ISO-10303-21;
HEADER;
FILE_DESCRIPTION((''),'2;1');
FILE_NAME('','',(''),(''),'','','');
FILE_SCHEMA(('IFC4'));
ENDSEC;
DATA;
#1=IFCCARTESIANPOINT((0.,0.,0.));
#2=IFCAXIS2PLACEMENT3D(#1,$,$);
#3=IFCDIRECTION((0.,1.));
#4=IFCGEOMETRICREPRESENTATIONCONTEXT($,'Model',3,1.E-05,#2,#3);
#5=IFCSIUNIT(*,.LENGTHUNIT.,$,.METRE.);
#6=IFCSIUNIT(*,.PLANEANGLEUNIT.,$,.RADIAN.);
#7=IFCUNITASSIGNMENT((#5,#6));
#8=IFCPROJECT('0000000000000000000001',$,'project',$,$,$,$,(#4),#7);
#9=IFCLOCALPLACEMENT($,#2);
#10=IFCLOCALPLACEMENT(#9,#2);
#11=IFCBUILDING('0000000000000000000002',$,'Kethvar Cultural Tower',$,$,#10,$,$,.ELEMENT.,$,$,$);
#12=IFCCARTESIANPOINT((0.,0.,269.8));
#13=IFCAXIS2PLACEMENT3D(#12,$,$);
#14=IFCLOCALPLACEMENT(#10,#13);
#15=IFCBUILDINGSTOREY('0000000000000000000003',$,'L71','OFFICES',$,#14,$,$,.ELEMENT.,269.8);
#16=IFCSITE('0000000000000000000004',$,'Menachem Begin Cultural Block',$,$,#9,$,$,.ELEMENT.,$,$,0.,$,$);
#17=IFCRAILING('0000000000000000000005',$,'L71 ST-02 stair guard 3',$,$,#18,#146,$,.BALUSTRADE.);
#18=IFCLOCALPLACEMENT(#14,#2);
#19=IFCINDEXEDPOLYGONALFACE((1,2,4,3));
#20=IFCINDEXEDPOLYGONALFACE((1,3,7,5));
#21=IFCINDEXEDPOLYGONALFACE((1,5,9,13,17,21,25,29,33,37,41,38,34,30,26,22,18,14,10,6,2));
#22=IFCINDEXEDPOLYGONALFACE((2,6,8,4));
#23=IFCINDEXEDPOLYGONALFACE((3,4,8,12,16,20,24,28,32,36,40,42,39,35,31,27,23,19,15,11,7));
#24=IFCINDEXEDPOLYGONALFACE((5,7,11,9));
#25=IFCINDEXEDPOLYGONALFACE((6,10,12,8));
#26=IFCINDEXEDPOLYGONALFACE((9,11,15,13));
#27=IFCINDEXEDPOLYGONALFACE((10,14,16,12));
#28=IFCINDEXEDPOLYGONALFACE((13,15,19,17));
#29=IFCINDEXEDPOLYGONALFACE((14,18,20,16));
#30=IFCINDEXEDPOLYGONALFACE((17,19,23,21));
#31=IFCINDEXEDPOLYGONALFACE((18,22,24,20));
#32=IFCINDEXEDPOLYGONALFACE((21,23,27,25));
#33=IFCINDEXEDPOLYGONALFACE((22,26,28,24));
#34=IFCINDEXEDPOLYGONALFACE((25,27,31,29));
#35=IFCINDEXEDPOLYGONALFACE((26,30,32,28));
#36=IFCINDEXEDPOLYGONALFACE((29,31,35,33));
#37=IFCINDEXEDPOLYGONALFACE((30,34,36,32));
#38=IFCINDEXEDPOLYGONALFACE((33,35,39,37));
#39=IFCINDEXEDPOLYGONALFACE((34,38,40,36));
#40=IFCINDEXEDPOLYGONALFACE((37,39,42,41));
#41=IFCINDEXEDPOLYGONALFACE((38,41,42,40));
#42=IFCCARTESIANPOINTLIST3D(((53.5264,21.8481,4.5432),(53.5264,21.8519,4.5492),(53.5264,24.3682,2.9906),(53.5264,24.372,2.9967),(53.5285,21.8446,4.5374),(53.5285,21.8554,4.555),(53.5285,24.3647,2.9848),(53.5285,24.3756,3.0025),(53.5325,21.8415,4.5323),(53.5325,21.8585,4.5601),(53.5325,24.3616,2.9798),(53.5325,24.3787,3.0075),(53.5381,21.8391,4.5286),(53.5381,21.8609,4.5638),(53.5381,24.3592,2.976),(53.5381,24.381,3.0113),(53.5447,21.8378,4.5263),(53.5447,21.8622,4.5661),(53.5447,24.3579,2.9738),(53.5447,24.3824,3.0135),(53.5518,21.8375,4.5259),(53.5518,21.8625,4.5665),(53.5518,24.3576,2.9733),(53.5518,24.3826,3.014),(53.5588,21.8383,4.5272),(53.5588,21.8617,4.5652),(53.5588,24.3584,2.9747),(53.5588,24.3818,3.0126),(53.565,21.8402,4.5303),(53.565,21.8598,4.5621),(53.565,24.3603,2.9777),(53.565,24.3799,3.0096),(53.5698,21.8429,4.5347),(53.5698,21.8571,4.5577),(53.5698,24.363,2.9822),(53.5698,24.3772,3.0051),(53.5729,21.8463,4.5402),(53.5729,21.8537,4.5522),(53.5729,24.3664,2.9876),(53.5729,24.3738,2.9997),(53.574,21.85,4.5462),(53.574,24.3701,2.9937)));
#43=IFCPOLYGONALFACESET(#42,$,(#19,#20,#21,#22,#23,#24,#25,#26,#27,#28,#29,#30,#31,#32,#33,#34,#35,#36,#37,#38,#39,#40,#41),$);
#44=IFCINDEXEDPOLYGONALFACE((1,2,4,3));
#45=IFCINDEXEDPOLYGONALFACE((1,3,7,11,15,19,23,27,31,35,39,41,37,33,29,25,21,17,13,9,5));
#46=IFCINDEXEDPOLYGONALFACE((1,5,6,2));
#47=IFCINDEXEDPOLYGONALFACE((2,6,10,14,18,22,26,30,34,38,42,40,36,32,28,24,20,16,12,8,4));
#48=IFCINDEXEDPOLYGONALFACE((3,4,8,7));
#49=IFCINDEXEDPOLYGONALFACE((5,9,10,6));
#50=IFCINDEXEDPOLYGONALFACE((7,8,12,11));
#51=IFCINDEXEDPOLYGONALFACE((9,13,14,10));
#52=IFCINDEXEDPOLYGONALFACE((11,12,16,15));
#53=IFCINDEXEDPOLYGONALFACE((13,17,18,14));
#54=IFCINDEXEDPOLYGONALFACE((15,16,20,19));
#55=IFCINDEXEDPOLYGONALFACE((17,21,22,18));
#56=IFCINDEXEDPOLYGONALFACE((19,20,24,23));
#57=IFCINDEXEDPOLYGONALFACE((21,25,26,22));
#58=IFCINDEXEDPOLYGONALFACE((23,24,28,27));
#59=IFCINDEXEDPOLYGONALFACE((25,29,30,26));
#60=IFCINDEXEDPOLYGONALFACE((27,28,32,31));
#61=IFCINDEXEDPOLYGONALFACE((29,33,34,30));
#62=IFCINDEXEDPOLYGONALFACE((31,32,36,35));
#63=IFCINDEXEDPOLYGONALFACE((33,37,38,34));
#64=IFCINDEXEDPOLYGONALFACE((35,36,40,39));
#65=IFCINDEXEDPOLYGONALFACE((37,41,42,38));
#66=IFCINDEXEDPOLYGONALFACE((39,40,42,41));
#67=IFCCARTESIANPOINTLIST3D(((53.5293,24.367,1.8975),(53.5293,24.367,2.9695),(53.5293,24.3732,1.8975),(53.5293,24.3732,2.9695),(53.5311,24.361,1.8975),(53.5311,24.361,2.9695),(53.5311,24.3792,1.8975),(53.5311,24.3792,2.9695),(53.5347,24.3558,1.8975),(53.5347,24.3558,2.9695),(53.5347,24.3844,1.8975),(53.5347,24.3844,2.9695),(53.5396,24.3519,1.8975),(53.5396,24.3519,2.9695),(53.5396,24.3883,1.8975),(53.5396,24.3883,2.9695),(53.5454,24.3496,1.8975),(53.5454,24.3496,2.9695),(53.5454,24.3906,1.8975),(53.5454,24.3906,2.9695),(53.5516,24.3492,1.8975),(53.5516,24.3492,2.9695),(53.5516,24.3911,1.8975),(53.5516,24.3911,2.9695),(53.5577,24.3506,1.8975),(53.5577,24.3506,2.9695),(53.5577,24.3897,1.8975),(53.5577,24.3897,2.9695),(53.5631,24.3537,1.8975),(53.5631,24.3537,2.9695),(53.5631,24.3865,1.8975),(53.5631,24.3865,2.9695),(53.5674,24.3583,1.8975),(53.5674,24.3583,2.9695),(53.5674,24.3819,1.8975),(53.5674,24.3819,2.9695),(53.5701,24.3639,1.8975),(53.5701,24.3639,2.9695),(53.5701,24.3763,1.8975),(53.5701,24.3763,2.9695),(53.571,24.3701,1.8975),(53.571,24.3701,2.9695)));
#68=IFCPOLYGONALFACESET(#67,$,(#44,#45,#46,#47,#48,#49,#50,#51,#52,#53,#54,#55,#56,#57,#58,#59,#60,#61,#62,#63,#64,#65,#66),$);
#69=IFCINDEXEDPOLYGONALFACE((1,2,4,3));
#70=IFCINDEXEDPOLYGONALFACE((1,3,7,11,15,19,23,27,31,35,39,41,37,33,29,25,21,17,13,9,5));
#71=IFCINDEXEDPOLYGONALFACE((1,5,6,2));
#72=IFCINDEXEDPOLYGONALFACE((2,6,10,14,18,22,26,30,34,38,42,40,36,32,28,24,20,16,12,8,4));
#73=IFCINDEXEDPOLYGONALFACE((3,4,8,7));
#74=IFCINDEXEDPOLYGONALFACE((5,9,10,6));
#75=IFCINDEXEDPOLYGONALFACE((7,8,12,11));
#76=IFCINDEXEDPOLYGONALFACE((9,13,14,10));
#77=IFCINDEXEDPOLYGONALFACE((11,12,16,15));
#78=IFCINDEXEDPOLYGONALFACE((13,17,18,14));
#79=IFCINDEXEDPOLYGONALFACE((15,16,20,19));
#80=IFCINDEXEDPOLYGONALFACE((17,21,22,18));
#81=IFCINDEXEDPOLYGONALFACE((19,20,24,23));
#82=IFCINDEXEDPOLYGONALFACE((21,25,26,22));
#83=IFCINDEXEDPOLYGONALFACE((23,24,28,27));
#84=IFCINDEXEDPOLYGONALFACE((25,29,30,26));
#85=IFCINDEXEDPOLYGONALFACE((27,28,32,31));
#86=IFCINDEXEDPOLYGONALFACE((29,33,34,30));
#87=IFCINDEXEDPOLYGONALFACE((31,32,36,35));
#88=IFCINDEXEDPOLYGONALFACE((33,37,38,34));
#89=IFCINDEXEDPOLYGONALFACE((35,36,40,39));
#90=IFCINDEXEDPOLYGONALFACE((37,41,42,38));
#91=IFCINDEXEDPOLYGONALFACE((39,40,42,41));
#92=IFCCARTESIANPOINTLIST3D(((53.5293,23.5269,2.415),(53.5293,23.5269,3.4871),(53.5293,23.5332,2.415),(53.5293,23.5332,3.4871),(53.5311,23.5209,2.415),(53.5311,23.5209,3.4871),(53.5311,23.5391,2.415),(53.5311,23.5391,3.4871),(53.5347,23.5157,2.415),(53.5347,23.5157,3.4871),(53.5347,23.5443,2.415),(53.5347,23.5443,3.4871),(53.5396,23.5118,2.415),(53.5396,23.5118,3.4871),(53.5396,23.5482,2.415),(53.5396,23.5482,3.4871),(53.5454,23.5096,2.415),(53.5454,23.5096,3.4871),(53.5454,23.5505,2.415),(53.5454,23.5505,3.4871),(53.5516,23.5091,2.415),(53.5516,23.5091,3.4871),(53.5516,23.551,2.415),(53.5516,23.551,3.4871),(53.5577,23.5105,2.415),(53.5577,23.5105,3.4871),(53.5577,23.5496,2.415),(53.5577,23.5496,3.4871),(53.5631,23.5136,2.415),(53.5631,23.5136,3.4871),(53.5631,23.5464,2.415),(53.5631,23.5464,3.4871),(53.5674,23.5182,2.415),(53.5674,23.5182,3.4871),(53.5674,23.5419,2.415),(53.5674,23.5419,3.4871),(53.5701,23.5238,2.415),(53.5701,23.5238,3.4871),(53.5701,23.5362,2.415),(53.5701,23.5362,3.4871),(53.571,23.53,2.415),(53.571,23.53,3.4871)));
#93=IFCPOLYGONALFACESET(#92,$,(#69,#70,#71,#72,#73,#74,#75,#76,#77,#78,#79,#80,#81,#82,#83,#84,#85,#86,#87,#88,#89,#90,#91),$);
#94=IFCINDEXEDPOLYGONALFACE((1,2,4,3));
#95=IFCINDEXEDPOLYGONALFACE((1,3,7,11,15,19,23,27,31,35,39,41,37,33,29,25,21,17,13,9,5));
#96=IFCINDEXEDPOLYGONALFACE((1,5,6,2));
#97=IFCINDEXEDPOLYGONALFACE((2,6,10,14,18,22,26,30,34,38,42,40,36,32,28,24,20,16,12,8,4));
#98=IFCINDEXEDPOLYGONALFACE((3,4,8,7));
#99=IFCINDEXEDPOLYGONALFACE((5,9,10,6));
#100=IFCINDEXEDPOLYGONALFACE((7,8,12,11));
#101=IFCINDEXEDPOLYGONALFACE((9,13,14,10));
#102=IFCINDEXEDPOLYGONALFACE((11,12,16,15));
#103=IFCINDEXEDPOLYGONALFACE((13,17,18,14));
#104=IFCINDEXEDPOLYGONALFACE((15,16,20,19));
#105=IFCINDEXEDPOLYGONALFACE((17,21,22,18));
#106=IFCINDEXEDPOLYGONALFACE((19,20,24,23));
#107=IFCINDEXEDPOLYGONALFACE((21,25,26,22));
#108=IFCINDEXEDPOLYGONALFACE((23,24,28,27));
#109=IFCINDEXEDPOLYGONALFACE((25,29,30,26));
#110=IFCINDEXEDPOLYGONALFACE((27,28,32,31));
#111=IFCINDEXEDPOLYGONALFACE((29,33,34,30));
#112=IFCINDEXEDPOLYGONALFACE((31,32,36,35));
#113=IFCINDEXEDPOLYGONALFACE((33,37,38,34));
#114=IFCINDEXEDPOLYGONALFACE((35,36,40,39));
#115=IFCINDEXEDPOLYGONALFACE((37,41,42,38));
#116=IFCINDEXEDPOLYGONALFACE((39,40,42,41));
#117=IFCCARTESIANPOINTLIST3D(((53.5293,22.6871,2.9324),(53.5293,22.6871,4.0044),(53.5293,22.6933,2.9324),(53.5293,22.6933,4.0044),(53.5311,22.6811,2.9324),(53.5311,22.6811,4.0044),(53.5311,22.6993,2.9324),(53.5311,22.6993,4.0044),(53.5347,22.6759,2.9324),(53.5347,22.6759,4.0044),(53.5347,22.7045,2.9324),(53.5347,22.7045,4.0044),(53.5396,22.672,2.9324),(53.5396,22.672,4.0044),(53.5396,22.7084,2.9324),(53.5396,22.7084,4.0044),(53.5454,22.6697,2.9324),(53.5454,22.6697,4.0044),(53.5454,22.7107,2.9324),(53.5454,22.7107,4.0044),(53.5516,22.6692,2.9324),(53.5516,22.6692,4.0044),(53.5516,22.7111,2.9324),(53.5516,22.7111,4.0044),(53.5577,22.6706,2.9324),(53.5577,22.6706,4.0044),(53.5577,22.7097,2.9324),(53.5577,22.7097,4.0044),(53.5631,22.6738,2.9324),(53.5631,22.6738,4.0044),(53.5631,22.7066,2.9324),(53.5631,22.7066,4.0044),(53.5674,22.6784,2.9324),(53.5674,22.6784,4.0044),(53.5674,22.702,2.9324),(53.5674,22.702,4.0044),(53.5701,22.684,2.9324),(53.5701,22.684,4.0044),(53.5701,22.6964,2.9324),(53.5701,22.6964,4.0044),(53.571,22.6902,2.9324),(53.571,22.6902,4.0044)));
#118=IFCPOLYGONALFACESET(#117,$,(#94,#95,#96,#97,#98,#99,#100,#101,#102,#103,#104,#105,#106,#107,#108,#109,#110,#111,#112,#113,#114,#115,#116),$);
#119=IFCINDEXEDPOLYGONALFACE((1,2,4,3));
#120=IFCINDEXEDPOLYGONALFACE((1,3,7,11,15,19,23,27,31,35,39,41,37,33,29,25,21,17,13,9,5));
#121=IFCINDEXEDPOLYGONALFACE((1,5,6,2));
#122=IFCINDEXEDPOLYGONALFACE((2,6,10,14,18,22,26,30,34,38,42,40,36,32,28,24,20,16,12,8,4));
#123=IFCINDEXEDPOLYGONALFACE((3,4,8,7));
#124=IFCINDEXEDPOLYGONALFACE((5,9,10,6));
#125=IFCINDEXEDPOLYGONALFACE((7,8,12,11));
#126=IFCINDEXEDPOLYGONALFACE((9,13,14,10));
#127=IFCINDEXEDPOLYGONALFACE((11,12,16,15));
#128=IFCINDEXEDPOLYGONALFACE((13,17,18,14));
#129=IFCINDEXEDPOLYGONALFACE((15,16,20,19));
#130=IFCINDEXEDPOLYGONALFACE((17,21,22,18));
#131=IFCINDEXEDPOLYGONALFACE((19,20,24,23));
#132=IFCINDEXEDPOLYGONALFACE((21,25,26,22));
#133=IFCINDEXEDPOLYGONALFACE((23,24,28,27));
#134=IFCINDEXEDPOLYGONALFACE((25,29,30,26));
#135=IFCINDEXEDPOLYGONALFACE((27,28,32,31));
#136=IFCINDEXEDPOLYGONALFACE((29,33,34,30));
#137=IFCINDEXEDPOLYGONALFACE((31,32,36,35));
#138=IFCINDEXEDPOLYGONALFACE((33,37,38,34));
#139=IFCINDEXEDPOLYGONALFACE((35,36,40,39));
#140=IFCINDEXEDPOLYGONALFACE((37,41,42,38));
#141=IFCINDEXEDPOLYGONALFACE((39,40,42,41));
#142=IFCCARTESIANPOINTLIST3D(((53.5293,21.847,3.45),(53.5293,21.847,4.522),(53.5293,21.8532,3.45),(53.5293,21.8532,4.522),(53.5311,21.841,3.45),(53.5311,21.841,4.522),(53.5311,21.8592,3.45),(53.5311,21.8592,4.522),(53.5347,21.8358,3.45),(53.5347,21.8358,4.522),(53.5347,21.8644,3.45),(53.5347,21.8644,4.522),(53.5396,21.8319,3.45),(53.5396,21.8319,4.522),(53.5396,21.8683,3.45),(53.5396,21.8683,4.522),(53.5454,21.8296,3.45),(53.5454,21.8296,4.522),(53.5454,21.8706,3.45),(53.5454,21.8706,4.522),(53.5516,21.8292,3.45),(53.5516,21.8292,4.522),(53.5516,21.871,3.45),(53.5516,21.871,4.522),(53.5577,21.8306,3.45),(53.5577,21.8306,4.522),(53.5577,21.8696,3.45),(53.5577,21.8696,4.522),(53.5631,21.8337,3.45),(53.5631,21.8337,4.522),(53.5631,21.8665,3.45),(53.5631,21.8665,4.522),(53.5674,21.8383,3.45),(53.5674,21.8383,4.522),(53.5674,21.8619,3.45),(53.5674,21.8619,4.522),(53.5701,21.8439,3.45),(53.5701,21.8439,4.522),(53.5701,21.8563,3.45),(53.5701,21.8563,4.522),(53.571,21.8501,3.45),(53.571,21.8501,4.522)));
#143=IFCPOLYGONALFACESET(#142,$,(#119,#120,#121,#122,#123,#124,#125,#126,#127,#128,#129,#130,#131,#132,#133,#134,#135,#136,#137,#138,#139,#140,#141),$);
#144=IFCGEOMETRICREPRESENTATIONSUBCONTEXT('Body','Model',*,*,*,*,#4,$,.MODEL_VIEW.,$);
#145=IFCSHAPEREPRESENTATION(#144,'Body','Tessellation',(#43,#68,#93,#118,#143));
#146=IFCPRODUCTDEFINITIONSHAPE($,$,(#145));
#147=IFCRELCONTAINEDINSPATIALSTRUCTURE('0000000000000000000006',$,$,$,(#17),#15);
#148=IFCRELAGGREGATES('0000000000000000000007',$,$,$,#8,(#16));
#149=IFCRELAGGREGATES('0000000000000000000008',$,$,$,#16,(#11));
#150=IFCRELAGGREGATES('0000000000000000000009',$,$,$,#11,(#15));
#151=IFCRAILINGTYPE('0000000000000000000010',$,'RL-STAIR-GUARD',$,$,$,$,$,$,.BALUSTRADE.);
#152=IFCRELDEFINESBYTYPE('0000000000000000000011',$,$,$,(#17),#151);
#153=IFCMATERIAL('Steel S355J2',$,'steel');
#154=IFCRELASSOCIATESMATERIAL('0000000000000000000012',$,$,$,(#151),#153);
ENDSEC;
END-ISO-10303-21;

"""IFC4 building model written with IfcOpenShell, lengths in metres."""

from ifc_helpers import new_model, si_unit, direction, frame, origin, origin_2d, place, context, subcontext, project, spatial, circle, extrude, material, type_object, element, save


model = new_model("IFC4")

# Units and contexts
model_context = context("Model", 3, precision=1e-05, world=origin(), true_north=direction((0.0, 1.0)))
body_context = subcontext(model_context, "Body", "Model", "MODEL_VIEW")
ifc_project = project(units=[si_unit("LENGTHUNIT", "METRE"), si_unit("PLANEANGLEUNIT", "RADIAN")], contexts=[model_context])

# Site, building, storey
site_placement = place(None, origin())
site = spatial("IfcSite", under=ifc_project, at=site_placement, Name="Menachem Begin Cultural Block", CompositionType="ELEMENT", RefElevation=0.0)
building_placement = place(site_placement, origin())
building = spatial("IfcBuilding", under=site, at=building_placement, Name="Kethvar Cultural Tower", CompositionType="ELEMENT")
storey_placement = place(building_placement, frame((0.0, 0.0, 269.8)))
storey = spatial("IfcBuildingStorey", under=building, at=storey_placement, Name="L71", Description="OFFICES", CompositionType="ELEMENT", Elevation=269.8)

# Shared definitions
ifc_material_1 = material(Name="Steel S355J2", Category="steel")

# Railing
railing_type_1 = type_object("IfcRailingType", Name="RL-STAIR-GUARD", PredefinedType="BALUSTRADE", material=ifc_material_1)
railing_1_placement = place(storey_placement, frame((53.55, 24.3701, 1.8975)))
element("IfcRailing", 1, at=railing_1_placement, inside=storey, type_object=railing_type_1, Name="L71 ST-02 stair guard 3", PredefinedType="BALUSTRADE", context=body_context, shape_type="SweptSolid", body=[
    extrude(circle(Radius=0.0239, at=origin_2d()), frame((0.0, 0.0, 1.0962), z_axis=(0.0, -0.8514, 0.524516), x_axis=(1.0, 0.0, 0.0)), (0.0, 0.0, 1.0), 2.96),
    extrude(circle(Radius=0.021, at=origin_2d()), origin(), (0.0, 0.0, 1.0), 1.072),
    extrude(circle(Radius=0.021, at=origin_2d()), frame((0.0, -0.8401, 0.5176)), (0.0, 0.0, 1.0), 1.072),
    extrude(circle(Radius=0.021, at=origin_2d()), frame((0.0, -1.6799, 1.0349)), (0.0, 0.0, 1.0), 1.072),
    extrude(circle(Radius=0.021, at=origin_2d()), frame((0.0, -2.52, 1.5525)), (0.0, 0.0, 1.0), 1.072),
])

save(model, "model.ifc")
